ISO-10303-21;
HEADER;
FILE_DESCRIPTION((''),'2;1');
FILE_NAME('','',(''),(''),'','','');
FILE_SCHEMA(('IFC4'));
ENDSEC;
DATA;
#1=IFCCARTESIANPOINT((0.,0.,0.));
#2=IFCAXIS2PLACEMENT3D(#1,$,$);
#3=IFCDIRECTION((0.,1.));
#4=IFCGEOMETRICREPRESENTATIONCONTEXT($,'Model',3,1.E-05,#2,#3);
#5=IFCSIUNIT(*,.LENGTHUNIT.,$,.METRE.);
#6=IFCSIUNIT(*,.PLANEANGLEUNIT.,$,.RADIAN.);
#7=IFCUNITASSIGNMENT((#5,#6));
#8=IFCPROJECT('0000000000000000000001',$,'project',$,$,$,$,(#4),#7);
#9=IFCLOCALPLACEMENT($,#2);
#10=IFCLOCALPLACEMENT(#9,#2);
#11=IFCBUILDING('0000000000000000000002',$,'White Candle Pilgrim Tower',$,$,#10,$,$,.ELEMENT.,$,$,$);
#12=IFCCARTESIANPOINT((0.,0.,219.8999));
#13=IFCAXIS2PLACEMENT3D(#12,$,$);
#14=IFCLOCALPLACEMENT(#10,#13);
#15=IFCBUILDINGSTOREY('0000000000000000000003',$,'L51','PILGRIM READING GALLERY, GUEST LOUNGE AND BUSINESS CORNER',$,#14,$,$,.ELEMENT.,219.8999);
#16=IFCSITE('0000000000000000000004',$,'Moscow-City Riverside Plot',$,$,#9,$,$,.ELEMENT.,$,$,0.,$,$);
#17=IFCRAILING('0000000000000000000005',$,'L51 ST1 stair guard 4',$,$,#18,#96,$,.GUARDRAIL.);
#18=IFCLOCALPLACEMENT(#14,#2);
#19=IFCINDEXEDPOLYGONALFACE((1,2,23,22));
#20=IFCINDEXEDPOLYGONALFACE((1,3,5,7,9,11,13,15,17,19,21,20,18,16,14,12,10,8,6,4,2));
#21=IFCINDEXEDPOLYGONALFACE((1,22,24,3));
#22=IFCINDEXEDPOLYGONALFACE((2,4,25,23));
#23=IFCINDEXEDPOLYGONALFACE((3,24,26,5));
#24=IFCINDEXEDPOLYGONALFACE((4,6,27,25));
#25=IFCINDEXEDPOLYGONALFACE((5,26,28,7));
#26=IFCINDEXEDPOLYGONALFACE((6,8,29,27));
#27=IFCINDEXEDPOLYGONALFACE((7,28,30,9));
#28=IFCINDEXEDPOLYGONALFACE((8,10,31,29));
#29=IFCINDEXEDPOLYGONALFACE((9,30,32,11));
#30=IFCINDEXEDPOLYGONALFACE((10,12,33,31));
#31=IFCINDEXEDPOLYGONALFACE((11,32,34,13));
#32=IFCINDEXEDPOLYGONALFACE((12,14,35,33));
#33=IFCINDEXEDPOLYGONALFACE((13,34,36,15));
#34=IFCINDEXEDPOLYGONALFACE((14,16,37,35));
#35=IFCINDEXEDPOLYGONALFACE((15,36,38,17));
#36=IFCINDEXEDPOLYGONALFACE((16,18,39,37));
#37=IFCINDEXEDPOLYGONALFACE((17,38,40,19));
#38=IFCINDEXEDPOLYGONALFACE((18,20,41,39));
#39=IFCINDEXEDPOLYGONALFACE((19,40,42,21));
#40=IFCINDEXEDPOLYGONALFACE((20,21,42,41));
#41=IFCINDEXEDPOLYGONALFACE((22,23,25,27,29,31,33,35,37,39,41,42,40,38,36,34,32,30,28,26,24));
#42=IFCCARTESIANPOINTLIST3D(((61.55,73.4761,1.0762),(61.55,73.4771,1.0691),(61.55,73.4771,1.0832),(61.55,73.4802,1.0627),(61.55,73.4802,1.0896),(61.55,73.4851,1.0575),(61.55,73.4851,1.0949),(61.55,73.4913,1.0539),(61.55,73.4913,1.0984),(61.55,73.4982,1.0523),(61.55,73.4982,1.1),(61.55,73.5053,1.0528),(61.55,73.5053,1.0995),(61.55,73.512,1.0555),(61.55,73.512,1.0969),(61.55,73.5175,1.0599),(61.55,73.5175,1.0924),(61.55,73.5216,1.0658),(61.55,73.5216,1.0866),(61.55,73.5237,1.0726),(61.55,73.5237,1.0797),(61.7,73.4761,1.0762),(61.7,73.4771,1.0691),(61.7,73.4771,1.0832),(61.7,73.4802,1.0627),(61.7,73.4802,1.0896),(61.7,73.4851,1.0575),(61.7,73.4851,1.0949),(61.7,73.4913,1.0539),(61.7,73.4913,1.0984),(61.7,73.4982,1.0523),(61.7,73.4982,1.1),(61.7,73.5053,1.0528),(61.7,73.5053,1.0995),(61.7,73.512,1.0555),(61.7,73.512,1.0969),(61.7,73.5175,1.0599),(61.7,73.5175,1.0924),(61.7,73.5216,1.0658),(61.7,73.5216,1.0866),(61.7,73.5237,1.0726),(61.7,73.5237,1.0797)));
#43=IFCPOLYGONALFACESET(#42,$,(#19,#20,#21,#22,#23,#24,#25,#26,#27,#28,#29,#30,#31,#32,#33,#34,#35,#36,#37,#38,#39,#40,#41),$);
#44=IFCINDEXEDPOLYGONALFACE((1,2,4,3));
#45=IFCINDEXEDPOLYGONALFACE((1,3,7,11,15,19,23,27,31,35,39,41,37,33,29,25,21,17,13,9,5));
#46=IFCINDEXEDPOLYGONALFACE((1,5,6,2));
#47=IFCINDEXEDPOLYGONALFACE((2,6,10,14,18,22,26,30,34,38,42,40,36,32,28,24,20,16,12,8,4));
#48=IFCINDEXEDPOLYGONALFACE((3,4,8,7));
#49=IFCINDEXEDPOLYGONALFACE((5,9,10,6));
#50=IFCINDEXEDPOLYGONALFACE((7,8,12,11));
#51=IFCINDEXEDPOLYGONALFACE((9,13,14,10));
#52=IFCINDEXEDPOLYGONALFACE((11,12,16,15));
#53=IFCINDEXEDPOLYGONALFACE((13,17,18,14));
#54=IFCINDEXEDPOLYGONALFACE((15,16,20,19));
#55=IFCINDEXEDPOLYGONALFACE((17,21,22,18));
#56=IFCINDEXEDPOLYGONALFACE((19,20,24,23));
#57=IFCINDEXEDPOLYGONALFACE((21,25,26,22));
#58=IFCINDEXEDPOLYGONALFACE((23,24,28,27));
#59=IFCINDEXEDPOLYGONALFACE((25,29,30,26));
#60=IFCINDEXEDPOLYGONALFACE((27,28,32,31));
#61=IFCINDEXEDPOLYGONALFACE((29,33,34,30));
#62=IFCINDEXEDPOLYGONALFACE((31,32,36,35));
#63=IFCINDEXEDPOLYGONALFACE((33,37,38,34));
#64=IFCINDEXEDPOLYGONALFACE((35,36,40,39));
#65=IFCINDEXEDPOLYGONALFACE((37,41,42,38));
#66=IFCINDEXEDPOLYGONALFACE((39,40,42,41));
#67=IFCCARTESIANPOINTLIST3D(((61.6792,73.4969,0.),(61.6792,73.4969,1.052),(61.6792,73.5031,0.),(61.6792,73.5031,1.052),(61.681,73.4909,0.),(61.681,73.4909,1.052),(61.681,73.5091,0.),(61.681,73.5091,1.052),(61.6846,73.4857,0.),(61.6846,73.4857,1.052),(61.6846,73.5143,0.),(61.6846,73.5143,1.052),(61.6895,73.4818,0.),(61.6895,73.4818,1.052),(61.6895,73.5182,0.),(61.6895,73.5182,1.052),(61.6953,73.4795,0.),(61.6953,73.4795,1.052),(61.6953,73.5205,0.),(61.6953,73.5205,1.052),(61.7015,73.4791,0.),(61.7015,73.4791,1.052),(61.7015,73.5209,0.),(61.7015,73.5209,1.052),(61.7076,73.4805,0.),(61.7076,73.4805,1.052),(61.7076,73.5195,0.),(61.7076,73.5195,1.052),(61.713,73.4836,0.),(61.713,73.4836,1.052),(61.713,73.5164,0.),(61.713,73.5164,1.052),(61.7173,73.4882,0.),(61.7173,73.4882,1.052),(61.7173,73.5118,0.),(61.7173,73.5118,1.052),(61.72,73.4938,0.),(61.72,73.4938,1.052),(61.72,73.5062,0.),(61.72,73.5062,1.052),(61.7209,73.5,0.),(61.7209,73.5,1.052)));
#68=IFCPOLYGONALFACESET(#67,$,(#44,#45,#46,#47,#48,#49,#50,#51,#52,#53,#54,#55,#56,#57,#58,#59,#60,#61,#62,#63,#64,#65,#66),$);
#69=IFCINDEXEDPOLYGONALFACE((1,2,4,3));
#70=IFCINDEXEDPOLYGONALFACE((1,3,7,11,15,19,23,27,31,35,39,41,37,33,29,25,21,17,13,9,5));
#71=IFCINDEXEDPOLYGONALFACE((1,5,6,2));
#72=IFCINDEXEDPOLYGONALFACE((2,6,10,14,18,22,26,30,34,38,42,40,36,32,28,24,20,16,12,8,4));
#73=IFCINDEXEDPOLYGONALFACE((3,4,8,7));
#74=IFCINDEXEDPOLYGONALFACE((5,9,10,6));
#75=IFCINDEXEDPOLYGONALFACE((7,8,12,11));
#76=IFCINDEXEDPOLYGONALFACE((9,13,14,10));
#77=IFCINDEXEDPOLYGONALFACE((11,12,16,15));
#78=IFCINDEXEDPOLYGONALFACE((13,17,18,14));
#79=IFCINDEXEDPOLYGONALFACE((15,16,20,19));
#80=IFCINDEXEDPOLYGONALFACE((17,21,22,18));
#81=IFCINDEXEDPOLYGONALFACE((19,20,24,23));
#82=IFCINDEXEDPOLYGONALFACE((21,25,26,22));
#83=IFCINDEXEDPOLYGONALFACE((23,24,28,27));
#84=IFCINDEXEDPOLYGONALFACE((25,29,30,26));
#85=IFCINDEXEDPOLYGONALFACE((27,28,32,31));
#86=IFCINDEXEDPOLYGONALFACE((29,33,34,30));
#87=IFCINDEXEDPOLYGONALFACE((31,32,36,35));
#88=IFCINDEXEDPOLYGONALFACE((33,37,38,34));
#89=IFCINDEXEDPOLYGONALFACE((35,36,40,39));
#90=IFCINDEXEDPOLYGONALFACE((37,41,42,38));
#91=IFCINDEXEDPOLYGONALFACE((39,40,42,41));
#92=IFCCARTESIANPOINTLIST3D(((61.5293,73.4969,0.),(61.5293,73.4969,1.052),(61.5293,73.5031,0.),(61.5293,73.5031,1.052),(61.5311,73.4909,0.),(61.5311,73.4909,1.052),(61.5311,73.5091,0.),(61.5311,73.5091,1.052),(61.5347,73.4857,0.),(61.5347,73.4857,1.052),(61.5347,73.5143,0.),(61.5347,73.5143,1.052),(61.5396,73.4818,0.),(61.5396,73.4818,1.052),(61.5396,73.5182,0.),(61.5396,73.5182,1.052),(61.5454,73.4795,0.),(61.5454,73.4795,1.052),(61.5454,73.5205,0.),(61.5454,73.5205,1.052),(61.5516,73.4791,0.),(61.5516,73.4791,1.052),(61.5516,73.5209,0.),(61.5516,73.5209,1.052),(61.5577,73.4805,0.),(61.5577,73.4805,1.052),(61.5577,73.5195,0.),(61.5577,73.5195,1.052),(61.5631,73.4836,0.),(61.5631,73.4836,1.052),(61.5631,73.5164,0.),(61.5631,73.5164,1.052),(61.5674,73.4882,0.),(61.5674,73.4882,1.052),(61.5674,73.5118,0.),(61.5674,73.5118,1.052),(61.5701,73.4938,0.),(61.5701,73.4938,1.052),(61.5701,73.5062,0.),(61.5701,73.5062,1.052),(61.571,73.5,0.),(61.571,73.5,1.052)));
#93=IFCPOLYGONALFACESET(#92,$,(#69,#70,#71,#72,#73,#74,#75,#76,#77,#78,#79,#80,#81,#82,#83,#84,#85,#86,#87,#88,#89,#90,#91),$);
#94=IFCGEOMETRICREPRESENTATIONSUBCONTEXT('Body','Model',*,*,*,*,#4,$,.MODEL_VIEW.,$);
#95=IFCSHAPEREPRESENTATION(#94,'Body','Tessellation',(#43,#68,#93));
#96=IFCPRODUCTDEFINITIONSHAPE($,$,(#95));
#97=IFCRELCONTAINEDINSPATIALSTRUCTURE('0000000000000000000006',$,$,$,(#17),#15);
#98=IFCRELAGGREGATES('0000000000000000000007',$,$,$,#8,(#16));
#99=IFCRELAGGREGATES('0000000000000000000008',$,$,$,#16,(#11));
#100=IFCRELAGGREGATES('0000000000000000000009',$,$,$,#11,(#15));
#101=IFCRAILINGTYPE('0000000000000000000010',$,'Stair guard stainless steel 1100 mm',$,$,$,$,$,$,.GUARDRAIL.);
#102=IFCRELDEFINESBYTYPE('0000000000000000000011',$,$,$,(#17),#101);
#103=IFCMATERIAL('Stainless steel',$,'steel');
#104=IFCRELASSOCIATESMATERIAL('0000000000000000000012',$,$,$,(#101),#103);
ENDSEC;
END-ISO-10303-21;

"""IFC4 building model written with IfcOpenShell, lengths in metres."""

from ifc_helpers import new_model, si_unit, direction, frame, origin, origin_2d, place, context, subcontext, project, spatial, circle, extrude, material, type_object, element, save


model = new_model("IFC4")

# Units and contexts
model_context = context("Model", 3, precision=1e-05, world=origin(), true_north=direction((0.0, 1.0)))
body_context = subcontext(model_context, "Body", "Model", "MODEL_VIEW")
ifc_project = project(units=[si_unit("LENGTHUNIT", "METRE"), si_unit("PLANEANGLEUNIT", "RADIAN")], contexts=[model_context])

# Site, building, storey
site_placement = place(None, origin())
site = spatial("IfcSite", under=ifc_project, at=site_placement, Name="Moscow-City Riverside Plot", CompositionType="ELEMENT", RefElevation=0.0)
building_placement = place(site_placement, origin())
building = spatial("IfcBuilding", under=site, at=building_placement, Name="White Candle Pilgrim Tower", CompositionType="ELEMENT")
storey_placement = place(building_placement, frame((0.0, 0.0, 219.8999)))
storey = spatial("IfcBuildingStorey", under=building, at=storey_placement, Name="L51", Description="PILGRIM READING GALLERY, GUEST LOUNGE AND BUSINESS CORNER", CompositionType="ELEMENT", Elevation=219.8999)

# Railing
ifc_material_1 = material(Name="Stainless steel", Category="steel")
railing_type_1 = type_object("IfcRailingType", Name="Stair guard stainless steel 1100 mm", PredefinedType="GUARDRAIL", material=ifc_material_1)
railing_1_placement = place(storey_placement, frame((61.7, 73.5, 0.0)))
element("IfcRailing", 1, at=railing_1_placement, inside=storey, type_object=railing_type_1, Name="L51 ST1 stair guard 4", PredefinedType="GUARDRAIL", context=body_context, shape_type="SweptSolid", body=[
    extrude(circle(Radius=0.0239, at=origin_2d()), frame((0.0, 0.0, 1.0762), z_axis=(-1.0, 0.0, 0.0), x_axis=(0.0, -1.0, 0.0)), (0.0, 0.0, 1.0), 0.1499),
    extrude(circle(Radius=0.021, at=origin_2d()), origin(), (0.0, 0.0, 1.0), 1.052),
    extrude(circle(Radius=0.021, at=origin_2d()), frame((-0.1499, 0.0, 0.0)), (0.0, 0.0, 1.0), 1.052),
])

save(model, "model.ifc")
